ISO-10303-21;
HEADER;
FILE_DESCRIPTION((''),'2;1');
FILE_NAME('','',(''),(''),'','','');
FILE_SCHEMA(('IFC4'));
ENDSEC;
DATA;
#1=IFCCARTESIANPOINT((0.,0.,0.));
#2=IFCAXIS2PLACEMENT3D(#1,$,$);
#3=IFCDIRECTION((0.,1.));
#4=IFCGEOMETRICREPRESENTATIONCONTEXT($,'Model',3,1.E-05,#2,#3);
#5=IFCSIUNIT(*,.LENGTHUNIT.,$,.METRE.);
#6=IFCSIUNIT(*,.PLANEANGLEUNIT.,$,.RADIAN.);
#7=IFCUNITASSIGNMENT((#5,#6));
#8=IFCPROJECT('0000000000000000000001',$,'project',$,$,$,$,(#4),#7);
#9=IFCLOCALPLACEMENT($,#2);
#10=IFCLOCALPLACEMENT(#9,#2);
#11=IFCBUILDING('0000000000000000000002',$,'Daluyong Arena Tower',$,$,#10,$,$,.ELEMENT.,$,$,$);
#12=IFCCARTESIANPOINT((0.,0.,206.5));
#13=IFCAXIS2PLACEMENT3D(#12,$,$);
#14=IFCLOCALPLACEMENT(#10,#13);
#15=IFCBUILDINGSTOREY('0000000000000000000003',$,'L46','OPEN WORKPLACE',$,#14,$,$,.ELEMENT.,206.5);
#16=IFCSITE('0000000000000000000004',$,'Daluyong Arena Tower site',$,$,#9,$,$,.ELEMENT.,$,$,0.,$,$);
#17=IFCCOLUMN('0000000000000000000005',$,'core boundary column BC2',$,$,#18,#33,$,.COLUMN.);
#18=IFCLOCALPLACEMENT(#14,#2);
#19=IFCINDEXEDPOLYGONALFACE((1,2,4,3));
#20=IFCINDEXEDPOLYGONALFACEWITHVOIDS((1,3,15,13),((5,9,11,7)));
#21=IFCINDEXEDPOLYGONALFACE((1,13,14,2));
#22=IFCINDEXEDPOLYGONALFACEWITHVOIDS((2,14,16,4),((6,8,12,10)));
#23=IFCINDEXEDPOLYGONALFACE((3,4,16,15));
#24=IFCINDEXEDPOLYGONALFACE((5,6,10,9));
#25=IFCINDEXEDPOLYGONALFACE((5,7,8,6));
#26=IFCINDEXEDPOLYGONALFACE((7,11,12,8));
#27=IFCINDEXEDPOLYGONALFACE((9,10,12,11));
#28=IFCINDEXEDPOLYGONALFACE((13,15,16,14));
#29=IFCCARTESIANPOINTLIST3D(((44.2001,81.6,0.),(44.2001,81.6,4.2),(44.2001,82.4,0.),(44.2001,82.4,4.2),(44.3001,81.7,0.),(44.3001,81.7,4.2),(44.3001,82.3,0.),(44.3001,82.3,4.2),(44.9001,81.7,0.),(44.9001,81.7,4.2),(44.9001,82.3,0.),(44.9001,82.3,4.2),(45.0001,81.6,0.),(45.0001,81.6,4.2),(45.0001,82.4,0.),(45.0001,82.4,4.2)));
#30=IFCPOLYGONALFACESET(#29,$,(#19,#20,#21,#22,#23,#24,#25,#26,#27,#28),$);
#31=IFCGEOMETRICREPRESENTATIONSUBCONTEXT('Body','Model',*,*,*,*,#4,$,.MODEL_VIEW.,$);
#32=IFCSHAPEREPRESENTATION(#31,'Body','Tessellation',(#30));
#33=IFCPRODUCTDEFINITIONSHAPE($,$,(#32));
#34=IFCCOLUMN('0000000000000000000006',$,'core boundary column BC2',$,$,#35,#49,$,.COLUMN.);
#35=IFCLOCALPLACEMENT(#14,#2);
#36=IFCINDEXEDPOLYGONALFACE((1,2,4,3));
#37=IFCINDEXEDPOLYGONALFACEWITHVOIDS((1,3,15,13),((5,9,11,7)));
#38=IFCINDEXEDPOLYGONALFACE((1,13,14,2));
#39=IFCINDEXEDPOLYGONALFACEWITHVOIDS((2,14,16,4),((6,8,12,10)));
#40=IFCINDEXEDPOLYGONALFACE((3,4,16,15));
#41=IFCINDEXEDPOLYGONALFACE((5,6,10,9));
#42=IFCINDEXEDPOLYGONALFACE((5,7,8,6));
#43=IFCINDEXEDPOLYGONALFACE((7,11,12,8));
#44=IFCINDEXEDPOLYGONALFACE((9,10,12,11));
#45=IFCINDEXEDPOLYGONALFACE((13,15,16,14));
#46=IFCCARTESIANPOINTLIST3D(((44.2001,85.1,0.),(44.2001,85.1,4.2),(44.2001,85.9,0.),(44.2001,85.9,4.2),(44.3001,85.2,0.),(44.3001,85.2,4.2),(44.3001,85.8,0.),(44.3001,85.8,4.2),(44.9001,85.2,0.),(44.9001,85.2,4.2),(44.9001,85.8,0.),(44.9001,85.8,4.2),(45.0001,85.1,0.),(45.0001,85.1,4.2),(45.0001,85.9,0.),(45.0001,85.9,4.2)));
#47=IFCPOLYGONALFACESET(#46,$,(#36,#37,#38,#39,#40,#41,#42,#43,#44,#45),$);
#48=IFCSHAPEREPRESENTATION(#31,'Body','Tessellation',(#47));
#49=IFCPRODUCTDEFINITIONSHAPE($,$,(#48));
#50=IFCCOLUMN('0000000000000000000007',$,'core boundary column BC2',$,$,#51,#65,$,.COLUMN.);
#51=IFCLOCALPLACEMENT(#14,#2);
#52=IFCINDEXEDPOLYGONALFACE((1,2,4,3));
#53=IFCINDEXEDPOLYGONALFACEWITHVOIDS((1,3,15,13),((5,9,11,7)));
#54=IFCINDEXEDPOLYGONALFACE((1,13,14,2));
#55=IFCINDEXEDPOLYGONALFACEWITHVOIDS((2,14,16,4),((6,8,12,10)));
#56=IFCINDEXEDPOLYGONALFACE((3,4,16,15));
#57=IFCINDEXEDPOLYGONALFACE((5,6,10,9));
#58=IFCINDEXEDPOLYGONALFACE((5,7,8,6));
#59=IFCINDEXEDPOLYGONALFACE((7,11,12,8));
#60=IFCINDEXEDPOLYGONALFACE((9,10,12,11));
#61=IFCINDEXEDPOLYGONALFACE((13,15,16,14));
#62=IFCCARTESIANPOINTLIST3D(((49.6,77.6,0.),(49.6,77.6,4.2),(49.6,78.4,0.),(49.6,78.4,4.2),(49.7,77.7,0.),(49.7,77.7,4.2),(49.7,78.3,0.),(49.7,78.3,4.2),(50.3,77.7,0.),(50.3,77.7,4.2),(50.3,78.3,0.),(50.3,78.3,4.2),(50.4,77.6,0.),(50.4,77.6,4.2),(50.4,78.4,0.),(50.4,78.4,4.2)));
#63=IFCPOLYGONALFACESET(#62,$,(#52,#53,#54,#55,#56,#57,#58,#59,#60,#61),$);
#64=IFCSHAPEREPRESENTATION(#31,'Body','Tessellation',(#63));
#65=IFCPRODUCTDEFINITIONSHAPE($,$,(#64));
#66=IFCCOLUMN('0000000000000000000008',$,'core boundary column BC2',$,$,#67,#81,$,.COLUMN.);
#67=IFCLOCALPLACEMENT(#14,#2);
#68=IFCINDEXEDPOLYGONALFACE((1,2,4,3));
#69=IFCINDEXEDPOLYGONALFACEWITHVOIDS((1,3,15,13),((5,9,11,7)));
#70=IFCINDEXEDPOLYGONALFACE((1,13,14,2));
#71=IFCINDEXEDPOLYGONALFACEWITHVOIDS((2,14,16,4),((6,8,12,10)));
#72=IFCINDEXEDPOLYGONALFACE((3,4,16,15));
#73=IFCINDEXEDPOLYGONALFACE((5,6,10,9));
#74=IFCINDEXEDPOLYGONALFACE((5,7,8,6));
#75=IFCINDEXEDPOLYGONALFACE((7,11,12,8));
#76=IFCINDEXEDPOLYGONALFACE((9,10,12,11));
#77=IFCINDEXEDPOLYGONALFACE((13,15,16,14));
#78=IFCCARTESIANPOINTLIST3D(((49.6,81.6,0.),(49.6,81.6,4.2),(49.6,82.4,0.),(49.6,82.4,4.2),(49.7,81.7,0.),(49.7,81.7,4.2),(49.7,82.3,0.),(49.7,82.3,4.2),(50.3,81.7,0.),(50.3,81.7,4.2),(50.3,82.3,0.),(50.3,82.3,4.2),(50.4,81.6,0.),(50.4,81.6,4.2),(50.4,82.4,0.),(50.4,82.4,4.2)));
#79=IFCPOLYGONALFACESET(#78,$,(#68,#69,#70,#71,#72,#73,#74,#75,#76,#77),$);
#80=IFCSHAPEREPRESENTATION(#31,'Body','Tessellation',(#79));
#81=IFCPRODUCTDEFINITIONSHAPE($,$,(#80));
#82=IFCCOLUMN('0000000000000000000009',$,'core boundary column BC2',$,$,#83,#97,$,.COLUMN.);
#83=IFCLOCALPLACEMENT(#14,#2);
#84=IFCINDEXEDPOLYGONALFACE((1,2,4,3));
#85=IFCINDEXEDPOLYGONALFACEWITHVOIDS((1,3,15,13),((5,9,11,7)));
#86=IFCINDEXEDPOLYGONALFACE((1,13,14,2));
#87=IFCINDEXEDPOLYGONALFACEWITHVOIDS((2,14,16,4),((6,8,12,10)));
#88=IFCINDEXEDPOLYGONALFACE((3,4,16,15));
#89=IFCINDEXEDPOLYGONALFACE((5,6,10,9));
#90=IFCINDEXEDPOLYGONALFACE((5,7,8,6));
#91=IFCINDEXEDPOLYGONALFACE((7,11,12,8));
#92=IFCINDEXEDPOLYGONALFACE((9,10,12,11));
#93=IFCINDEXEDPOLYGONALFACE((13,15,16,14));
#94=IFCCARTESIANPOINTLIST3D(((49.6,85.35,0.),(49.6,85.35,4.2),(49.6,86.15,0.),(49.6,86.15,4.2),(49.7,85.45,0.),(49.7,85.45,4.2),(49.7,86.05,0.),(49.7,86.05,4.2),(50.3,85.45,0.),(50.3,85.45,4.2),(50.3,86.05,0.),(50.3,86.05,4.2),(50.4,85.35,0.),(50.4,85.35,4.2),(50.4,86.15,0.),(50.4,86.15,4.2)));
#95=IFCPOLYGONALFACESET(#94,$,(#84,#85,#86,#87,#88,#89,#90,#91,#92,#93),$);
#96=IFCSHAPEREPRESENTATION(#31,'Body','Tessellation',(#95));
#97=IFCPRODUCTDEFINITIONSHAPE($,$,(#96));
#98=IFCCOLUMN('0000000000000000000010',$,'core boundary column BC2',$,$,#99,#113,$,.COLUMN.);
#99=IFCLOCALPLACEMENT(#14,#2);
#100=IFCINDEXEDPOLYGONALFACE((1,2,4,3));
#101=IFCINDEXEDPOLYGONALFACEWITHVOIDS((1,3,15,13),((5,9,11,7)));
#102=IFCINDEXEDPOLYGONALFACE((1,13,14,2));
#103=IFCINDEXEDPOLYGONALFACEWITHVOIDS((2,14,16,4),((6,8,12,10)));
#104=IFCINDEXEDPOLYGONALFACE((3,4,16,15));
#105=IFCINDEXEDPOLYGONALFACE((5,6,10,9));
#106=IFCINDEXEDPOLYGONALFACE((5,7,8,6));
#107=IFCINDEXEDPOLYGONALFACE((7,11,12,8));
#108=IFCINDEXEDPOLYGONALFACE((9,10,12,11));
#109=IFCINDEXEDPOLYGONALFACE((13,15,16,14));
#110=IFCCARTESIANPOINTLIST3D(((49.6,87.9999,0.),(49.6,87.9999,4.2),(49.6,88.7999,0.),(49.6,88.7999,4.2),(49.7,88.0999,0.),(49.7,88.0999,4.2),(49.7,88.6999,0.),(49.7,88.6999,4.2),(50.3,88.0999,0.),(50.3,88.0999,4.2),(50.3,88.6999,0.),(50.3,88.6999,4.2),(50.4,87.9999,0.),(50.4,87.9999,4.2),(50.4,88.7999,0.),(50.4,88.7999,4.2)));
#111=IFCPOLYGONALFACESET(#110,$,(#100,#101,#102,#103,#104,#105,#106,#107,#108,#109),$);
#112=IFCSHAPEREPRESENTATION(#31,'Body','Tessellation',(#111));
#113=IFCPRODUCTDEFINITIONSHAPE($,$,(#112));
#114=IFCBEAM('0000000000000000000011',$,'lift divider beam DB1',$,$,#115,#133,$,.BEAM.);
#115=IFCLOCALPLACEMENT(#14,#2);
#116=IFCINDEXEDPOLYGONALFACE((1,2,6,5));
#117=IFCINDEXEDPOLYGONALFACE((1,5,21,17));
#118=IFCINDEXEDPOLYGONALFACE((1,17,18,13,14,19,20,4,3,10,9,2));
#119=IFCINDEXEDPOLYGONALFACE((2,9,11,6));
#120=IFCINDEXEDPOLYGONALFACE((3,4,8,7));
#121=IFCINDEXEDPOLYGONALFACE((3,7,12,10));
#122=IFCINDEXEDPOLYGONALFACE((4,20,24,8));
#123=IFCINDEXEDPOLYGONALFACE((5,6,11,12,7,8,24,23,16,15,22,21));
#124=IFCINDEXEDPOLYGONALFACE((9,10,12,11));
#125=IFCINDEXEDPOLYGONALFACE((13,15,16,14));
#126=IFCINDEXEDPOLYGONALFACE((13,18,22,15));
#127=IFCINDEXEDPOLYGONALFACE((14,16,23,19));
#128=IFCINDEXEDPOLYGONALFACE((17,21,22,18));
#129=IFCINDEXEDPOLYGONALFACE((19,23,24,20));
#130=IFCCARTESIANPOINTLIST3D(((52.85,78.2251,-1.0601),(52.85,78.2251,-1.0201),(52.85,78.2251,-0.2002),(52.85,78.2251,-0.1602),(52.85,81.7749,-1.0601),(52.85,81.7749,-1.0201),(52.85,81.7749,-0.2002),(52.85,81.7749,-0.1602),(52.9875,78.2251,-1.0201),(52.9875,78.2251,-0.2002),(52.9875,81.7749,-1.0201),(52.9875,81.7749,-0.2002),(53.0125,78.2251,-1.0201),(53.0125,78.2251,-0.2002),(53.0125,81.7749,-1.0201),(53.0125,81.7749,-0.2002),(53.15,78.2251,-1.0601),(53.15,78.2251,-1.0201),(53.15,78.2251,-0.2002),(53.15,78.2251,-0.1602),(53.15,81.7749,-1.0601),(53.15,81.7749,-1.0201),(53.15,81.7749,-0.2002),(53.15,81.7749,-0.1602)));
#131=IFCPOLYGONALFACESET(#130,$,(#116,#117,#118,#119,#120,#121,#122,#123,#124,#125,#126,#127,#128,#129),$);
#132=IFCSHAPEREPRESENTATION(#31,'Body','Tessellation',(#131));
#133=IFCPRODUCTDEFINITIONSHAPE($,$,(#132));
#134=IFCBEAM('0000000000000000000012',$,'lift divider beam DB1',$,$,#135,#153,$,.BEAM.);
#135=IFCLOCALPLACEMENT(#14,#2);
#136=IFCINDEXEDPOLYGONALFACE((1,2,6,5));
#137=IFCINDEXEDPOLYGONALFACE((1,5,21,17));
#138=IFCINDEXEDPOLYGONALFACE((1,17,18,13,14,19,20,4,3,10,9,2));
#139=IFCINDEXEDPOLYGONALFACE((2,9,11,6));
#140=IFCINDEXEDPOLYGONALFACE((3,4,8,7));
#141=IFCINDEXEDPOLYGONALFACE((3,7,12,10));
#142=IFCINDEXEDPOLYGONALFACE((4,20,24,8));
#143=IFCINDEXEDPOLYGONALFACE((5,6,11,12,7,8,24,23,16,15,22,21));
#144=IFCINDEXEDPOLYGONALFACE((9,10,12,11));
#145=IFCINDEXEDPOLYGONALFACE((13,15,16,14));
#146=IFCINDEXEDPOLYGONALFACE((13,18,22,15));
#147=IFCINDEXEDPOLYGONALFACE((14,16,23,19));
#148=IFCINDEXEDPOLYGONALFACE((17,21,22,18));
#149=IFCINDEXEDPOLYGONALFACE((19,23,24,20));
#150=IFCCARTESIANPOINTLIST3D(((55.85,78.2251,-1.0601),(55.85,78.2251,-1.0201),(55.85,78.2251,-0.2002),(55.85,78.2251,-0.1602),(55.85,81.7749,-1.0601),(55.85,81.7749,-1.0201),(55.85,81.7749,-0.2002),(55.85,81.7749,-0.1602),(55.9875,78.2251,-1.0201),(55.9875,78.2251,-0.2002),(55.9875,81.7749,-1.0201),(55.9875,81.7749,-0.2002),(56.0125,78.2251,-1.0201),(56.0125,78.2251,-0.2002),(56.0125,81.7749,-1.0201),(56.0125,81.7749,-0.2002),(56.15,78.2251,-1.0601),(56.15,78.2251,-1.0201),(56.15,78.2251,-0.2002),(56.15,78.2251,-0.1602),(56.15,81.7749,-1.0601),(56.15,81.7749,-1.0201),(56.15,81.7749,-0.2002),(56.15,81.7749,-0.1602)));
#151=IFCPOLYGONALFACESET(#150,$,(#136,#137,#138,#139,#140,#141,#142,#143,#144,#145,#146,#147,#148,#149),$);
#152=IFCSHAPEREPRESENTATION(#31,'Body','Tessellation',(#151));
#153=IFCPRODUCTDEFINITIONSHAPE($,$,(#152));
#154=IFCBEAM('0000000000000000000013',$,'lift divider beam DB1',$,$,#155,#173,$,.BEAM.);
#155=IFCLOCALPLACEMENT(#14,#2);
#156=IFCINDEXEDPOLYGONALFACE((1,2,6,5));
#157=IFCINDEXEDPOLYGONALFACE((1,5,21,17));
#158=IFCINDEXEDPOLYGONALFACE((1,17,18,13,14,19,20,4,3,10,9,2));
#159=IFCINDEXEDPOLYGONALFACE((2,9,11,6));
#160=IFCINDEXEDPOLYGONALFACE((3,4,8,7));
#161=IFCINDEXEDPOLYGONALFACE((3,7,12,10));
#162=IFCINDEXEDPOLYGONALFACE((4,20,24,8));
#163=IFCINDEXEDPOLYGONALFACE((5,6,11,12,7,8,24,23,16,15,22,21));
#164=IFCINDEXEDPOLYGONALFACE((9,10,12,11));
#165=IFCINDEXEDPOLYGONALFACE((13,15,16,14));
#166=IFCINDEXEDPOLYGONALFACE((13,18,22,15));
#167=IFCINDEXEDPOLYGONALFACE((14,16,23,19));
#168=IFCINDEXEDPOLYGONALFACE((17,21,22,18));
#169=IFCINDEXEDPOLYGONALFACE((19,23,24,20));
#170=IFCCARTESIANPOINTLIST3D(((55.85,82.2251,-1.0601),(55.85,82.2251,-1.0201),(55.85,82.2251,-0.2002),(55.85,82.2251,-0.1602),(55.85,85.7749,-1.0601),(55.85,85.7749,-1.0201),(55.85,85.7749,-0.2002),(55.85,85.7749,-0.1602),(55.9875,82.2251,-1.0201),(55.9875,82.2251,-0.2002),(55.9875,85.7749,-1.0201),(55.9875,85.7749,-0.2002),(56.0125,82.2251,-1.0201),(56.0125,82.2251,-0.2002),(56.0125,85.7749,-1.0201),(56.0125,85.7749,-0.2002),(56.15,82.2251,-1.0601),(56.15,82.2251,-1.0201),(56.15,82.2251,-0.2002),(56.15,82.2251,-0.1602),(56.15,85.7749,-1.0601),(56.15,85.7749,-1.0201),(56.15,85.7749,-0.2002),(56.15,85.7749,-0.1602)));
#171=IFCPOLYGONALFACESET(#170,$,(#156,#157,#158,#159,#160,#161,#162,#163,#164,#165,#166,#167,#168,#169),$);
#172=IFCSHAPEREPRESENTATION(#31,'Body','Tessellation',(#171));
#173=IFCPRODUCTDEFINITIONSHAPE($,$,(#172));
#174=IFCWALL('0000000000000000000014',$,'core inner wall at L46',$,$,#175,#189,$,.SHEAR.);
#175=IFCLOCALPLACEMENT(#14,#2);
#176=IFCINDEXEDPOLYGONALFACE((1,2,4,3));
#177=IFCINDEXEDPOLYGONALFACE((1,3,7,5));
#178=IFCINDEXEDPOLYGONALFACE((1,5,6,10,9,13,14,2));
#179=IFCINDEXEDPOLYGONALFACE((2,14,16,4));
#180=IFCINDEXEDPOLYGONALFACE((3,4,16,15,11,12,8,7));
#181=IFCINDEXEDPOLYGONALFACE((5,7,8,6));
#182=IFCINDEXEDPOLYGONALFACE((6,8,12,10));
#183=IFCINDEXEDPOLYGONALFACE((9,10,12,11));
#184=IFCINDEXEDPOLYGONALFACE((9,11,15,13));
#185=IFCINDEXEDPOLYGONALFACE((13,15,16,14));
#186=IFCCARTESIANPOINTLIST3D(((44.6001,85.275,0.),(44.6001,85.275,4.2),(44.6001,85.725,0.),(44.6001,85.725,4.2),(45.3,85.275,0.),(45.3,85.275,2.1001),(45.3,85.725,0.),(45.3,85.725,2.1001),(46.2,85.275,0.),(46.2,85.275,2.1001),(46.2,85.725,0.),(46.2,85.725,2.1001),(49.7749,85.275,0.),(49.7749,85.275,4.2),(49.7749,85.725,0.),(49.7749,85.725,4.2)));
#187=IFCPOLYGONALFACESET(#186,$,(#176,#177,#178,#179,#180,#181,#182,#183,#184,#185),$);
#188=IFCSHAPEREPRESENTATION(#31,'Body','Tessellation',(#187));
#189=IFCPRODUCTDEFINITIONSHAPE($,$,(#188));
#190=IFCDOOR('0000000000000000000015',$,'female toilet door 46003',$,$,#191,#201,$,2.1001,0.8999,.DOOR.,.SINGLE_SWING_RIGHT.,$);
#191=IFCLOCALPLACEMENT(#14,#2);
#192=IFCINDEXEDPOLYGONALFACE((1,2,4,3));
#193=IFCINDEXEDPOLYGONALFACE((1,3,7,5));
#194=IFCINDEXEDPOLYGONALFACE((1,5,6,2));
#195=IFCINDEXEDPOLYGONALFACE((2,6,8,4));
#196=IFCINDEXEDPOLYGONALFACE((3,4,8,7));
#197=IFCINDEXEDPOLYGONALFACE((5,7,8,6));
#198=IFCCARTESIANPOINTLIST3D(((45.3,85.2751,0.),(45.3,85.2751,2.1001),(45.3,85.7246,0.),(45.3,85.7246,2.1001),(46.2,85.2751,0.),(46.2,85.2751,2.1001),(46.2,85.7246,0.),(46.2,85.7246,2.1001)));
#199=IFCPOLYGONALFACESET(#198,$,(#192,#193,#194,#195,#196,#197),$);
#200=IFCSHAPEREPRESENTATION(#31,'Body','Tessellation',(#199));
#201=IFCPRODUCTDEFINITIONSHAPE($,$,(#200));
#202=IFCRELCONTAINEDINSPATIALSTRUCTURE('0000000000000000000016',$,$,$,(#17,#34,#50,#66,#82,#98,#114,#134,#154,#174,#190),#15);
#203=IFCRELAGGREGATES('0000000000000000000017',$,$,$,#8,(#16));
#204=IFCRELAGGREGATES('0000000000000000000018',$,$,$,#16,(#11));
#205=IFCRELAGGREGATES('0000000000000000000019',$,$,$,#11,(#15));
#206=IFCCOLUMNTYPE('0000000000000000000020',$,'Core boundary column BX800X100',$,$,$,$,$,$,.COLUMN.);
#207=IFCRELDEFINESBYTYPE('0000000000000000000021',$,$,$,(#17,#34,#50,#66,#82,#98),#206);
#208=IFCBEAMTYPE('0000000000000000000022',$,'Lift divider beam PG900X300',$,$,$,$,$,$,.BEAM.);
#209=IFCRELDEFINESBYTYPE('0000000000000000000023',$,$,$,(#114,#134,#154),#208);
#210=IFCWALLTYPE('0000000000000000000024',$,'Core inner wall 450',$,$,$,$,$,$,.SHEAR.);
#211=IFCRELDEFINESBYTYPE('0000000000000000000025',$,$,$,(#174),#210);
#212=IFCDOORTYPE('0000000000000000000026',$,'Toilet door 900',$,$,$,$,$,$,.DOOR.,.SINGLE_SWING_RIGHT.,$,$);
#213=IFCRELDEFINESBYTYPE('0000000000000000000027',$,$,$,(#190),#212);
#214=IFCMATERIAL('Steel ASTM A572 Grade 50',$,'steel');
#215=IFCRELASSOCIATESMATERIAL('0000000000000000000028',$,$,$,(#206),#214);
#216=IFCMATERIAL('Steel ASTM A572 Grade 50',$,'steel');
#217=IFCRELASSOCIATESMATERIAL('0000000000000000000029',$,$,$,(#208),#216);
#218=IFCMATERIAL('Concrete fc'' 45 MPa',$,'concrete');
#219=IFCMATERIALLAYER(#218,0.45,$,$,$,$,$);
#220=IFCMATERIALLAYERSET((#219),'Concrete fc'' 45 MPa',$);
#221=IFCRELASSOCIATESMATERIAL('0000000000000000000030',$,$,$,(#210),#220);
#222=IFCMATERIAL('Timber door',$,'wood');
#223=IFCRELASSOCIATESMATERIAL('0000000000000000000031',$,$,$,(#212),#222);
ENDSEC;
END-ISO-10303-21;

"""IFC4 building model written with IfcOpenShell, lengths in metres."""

from ifc_helpers import new_model, si_unit, direction, frame, frame_2d, origin, origin_2d, place, context, subcontext, project, spatial, rectangle, hollow_rectangle, i_section, extrude, material, layer, layer_set, material_profile, profile_set, type_object, element, fill, save


model = new_model("IFC4")

# Units and contexts
model_context = context("Model", 3, precision=1e-05, world=origin(), true_north=direction((0.0, 1.0)))
body_context = subcontext(model_context, "Body", "Model", "MODEL_VIEW")
ifc_project = project(units=[si_unit("LENGTHUNIT", "METRE"), si_unit("PLANEANGLEUNIT", "RADIAN")], contexts=[model_context])

# Site, building, storey
site_placement = place(None, origin())
site = spatial("IfcSite", under=ifc_project, at=site_placement, Name="Daluyong Arena Tower site", CompositionType="ELEMENT", RefElevation=0.0)
building_placement = place(site_placement, origin())
building = spatial("IfcBuilding", under=site, at=building_placement, Name="Daluyong Arena Tower", CompositionType="ELEMENT")
storey_placement = place(building_placement, frame((0.0, 0.0, 206.5)))
storey = spatial("IfcBuildingStorey", under=building, at=storey_placement, Name="L46", Description="OPEN WORKPLACE", CompositionType="ELEMENT", Elevation=206.5)

# Columns
ifc_material_1 = material(Name="Steel ASTM A572 Grade 50", Category="steel")
ifc_material_profile_1 = material_profile(ifc_material_1, hollow_rectangle(XDim=0.8, YDim=0.8, WallThickness=0.1, at=origin_2d()))
ifc_profile_set_1 = profile_set([ifc_material_profile_1], Name="Steel ASTM A572 Grade 50")
column_type = type_object("IfcColumnType", Name="Core boundary column BX800X100", PredefinedType="COLUMN", material=ifc_profile_set_1)
for number, where, z_axis, x_axis, name in (
    (1, (44.6001, 82.0, 0.0), (0.0, 0.0, 1.0), (1.0, 0.0, 0.0), "core boundary column BC2"),
    (2, (44.6001, 85.5, 0.0), (0.0, 0.0, 1.0), (1.0, 0.0, 0.0), "core boundary column BC2"),
    (3, (50.0, 78.0, 0.0), (0.0, 0.0, 1.0), (1.0, 0.0, 0.0), "core boundary column BC2"),
    (4, (50.0, 82.0, 0.0), (0.0, 0.0, 1.0), (1.0, 0.0, 0.0), "core boundary column BC2"),
    (5, (50.0, 85.75, 0.0), (0.0, 0.0, 1.0), (1.0, 0.0, 0.0), "core boundary column BC2"),
    (6, (50.0, 88.3999, 0.0), (0.0, 0.0, 1.0), (1.0, 0.0, 0.0), "core boundary column BC2"),
):
    element("IfcColumn", number, at=place(storey_placement, frame(where, z_axis=z_axis, x_axis=x_axis)), inside=storey, type_object=column_type, Name=name, PredefinedType="COLUMN", context=body_context, shape_type="SweptSolid", body=[
        extrude(hollow_rectangle(XDim=0.8, YDim=0.8, WallThickness=0.1, at=origin_2d()), origin(), (0.0, 0.0, 1.0), 4.2),
    ])

# Beams
ifc_material_2 = material(Name="Steel ASTM A572 Grade 50", Category="steel")
ifc_material_profile_2 = material_profile(ifc_material_2, i_section(OverallWidth=0.3, OverallDepth=0.8999, WebThickness=0.025, FlangeThickness=0.04, at=origin_2d()))
ifc_profile_set_2 = profile_set([ifc_material_profile_2], Name="Steel ASTM A572 Grade 50")
beam_type = type_object("IfcBeamType", Name="Lift divider beam PG900X300", PredefinedType="BEAM", material=ifc_profile_set_2)
for number, where, z_axis, x_axis, name in (
    (7, (53.0, 78.2251, -0.6101), (0.0, 1.0, 0.0), (-1.0, 0.0, 0.0), "lift divider beam DB1"),
    (8, (56.0, 78.2251, -0.6101), (0.0, 1.0, 0.0), (-1.0, 0.0, 0.0), "lift divider beam DB1"),
    (9, (56.0, 82.2251, -0.6101), (0.0, 1.0, 0.0), (-1.0, 0.0, 0.0), "lift divider beam DB1"),
):
    element("IfcBeam", number, at=place(storey_placement, frame(where, z_axis=z_axis, x_axis=x_axis)), inside=storey, type_object=beam_type, Name=name, PredefinedType="BEAM", context=body_context, shape_type="SweptSolid", body=[
        extrude(i_section(OverallWidth=0.3, OverallDepth=0.8999, WebThickness=0.025, FlangeThickness=0.04, at=origin_2d()), origin(), (0.0, 0.0, 1.0), 3.5498),
    ])

# Wall, opening, door
ifc_material_3 = material(Name="Concrete fc' 45 MPa", Category="concrete")
ifc_layer_1 = layer(ifc_material_3, 0.45)
ifc_layer_set_1 = layer_set([ifc_layer_1], Name="Concrete fc' 45 MPa")
wall_type_1 = type_object("IfcWallType", Name="Core inner wall 450", PredefinedType="SHEAR", material=ifc_layer_set_1)
wall_1_placement = place(storey_placement, frame((44.6001, 85.5, 0.0), z_axis=(0.0, 0.0, 1.0), x_axis=(1.0, 0.0, 0.0)))
wall_1 = element("IfcWall", 10, at=wall_1_placement, inside=storey, type_object=wall_type_1, Name="core inner wall at L46", PredefinedType="SHEAR", context=body_context, shape_type="SweptSolid", body=[
    extrude(rectangle(XDim=5.1748, YDim=0.45, at=frame_2d((2.5874, 0.0))), origin(), (0.0, 0.0, 1.0), 4.2),
])
opening_1_placement = place(wall_1_placement, frame((0.7, 0.0, 0.0)))
opening_1 = element("IfcOpeningElement", 11, at=opening_1_placement, cuts=wall_1, PredefinedType="OPENING", context=body_context, shape_type="SweptSolid", body=[
    extrude(rectangle(XDim=0.8999, YDim=2.1001, at=frame_2d((0.45, 1.05))), frame((0.0, 0.2349, 0.0), z_axis=(0.0, -1.0, 0.0), x_axis=(1.0, 0.0, 0.0)), (0.0, 0.0, 1.0), 0.47),
])
ifc_material_4 = material(Name="Timber door", Category="wood")
door_type_1 = type_object("IfcDoorType", Name="Toilet door 900", OperationType="SINGLE_SWING_RIGHT", PredefinedType="DOOR", material=ifc_material_4)
door_1_placement = place(opening_1_placement, origin())
door_1 = element("IfcDoor", 12, at=door_1_placement, inside=storey, type_object=door_type_1, Name="female toilet door 46003", OperationType="SINGLE_SWING_RIGHT", OverallHeight=2.1001, OverallWidth=0.8999, PredefinedType="DOOR", context=body_context, shape_type="SweptSolid", body=[
    extrude(rectangle(XDim=0.8999, YDim=2.1001, at=frame_2d((0.45, 1.05))), frame((0.0, 0.2246, 0.0), z_axis=(0.0, -1.0, 0.0), x_axis=(1.0, 0.0, 0.0)), (0.0, 0.0, 1.0), 0.4495),
])
fill(opening_1, door_1)

save(model, "model.ifc")
